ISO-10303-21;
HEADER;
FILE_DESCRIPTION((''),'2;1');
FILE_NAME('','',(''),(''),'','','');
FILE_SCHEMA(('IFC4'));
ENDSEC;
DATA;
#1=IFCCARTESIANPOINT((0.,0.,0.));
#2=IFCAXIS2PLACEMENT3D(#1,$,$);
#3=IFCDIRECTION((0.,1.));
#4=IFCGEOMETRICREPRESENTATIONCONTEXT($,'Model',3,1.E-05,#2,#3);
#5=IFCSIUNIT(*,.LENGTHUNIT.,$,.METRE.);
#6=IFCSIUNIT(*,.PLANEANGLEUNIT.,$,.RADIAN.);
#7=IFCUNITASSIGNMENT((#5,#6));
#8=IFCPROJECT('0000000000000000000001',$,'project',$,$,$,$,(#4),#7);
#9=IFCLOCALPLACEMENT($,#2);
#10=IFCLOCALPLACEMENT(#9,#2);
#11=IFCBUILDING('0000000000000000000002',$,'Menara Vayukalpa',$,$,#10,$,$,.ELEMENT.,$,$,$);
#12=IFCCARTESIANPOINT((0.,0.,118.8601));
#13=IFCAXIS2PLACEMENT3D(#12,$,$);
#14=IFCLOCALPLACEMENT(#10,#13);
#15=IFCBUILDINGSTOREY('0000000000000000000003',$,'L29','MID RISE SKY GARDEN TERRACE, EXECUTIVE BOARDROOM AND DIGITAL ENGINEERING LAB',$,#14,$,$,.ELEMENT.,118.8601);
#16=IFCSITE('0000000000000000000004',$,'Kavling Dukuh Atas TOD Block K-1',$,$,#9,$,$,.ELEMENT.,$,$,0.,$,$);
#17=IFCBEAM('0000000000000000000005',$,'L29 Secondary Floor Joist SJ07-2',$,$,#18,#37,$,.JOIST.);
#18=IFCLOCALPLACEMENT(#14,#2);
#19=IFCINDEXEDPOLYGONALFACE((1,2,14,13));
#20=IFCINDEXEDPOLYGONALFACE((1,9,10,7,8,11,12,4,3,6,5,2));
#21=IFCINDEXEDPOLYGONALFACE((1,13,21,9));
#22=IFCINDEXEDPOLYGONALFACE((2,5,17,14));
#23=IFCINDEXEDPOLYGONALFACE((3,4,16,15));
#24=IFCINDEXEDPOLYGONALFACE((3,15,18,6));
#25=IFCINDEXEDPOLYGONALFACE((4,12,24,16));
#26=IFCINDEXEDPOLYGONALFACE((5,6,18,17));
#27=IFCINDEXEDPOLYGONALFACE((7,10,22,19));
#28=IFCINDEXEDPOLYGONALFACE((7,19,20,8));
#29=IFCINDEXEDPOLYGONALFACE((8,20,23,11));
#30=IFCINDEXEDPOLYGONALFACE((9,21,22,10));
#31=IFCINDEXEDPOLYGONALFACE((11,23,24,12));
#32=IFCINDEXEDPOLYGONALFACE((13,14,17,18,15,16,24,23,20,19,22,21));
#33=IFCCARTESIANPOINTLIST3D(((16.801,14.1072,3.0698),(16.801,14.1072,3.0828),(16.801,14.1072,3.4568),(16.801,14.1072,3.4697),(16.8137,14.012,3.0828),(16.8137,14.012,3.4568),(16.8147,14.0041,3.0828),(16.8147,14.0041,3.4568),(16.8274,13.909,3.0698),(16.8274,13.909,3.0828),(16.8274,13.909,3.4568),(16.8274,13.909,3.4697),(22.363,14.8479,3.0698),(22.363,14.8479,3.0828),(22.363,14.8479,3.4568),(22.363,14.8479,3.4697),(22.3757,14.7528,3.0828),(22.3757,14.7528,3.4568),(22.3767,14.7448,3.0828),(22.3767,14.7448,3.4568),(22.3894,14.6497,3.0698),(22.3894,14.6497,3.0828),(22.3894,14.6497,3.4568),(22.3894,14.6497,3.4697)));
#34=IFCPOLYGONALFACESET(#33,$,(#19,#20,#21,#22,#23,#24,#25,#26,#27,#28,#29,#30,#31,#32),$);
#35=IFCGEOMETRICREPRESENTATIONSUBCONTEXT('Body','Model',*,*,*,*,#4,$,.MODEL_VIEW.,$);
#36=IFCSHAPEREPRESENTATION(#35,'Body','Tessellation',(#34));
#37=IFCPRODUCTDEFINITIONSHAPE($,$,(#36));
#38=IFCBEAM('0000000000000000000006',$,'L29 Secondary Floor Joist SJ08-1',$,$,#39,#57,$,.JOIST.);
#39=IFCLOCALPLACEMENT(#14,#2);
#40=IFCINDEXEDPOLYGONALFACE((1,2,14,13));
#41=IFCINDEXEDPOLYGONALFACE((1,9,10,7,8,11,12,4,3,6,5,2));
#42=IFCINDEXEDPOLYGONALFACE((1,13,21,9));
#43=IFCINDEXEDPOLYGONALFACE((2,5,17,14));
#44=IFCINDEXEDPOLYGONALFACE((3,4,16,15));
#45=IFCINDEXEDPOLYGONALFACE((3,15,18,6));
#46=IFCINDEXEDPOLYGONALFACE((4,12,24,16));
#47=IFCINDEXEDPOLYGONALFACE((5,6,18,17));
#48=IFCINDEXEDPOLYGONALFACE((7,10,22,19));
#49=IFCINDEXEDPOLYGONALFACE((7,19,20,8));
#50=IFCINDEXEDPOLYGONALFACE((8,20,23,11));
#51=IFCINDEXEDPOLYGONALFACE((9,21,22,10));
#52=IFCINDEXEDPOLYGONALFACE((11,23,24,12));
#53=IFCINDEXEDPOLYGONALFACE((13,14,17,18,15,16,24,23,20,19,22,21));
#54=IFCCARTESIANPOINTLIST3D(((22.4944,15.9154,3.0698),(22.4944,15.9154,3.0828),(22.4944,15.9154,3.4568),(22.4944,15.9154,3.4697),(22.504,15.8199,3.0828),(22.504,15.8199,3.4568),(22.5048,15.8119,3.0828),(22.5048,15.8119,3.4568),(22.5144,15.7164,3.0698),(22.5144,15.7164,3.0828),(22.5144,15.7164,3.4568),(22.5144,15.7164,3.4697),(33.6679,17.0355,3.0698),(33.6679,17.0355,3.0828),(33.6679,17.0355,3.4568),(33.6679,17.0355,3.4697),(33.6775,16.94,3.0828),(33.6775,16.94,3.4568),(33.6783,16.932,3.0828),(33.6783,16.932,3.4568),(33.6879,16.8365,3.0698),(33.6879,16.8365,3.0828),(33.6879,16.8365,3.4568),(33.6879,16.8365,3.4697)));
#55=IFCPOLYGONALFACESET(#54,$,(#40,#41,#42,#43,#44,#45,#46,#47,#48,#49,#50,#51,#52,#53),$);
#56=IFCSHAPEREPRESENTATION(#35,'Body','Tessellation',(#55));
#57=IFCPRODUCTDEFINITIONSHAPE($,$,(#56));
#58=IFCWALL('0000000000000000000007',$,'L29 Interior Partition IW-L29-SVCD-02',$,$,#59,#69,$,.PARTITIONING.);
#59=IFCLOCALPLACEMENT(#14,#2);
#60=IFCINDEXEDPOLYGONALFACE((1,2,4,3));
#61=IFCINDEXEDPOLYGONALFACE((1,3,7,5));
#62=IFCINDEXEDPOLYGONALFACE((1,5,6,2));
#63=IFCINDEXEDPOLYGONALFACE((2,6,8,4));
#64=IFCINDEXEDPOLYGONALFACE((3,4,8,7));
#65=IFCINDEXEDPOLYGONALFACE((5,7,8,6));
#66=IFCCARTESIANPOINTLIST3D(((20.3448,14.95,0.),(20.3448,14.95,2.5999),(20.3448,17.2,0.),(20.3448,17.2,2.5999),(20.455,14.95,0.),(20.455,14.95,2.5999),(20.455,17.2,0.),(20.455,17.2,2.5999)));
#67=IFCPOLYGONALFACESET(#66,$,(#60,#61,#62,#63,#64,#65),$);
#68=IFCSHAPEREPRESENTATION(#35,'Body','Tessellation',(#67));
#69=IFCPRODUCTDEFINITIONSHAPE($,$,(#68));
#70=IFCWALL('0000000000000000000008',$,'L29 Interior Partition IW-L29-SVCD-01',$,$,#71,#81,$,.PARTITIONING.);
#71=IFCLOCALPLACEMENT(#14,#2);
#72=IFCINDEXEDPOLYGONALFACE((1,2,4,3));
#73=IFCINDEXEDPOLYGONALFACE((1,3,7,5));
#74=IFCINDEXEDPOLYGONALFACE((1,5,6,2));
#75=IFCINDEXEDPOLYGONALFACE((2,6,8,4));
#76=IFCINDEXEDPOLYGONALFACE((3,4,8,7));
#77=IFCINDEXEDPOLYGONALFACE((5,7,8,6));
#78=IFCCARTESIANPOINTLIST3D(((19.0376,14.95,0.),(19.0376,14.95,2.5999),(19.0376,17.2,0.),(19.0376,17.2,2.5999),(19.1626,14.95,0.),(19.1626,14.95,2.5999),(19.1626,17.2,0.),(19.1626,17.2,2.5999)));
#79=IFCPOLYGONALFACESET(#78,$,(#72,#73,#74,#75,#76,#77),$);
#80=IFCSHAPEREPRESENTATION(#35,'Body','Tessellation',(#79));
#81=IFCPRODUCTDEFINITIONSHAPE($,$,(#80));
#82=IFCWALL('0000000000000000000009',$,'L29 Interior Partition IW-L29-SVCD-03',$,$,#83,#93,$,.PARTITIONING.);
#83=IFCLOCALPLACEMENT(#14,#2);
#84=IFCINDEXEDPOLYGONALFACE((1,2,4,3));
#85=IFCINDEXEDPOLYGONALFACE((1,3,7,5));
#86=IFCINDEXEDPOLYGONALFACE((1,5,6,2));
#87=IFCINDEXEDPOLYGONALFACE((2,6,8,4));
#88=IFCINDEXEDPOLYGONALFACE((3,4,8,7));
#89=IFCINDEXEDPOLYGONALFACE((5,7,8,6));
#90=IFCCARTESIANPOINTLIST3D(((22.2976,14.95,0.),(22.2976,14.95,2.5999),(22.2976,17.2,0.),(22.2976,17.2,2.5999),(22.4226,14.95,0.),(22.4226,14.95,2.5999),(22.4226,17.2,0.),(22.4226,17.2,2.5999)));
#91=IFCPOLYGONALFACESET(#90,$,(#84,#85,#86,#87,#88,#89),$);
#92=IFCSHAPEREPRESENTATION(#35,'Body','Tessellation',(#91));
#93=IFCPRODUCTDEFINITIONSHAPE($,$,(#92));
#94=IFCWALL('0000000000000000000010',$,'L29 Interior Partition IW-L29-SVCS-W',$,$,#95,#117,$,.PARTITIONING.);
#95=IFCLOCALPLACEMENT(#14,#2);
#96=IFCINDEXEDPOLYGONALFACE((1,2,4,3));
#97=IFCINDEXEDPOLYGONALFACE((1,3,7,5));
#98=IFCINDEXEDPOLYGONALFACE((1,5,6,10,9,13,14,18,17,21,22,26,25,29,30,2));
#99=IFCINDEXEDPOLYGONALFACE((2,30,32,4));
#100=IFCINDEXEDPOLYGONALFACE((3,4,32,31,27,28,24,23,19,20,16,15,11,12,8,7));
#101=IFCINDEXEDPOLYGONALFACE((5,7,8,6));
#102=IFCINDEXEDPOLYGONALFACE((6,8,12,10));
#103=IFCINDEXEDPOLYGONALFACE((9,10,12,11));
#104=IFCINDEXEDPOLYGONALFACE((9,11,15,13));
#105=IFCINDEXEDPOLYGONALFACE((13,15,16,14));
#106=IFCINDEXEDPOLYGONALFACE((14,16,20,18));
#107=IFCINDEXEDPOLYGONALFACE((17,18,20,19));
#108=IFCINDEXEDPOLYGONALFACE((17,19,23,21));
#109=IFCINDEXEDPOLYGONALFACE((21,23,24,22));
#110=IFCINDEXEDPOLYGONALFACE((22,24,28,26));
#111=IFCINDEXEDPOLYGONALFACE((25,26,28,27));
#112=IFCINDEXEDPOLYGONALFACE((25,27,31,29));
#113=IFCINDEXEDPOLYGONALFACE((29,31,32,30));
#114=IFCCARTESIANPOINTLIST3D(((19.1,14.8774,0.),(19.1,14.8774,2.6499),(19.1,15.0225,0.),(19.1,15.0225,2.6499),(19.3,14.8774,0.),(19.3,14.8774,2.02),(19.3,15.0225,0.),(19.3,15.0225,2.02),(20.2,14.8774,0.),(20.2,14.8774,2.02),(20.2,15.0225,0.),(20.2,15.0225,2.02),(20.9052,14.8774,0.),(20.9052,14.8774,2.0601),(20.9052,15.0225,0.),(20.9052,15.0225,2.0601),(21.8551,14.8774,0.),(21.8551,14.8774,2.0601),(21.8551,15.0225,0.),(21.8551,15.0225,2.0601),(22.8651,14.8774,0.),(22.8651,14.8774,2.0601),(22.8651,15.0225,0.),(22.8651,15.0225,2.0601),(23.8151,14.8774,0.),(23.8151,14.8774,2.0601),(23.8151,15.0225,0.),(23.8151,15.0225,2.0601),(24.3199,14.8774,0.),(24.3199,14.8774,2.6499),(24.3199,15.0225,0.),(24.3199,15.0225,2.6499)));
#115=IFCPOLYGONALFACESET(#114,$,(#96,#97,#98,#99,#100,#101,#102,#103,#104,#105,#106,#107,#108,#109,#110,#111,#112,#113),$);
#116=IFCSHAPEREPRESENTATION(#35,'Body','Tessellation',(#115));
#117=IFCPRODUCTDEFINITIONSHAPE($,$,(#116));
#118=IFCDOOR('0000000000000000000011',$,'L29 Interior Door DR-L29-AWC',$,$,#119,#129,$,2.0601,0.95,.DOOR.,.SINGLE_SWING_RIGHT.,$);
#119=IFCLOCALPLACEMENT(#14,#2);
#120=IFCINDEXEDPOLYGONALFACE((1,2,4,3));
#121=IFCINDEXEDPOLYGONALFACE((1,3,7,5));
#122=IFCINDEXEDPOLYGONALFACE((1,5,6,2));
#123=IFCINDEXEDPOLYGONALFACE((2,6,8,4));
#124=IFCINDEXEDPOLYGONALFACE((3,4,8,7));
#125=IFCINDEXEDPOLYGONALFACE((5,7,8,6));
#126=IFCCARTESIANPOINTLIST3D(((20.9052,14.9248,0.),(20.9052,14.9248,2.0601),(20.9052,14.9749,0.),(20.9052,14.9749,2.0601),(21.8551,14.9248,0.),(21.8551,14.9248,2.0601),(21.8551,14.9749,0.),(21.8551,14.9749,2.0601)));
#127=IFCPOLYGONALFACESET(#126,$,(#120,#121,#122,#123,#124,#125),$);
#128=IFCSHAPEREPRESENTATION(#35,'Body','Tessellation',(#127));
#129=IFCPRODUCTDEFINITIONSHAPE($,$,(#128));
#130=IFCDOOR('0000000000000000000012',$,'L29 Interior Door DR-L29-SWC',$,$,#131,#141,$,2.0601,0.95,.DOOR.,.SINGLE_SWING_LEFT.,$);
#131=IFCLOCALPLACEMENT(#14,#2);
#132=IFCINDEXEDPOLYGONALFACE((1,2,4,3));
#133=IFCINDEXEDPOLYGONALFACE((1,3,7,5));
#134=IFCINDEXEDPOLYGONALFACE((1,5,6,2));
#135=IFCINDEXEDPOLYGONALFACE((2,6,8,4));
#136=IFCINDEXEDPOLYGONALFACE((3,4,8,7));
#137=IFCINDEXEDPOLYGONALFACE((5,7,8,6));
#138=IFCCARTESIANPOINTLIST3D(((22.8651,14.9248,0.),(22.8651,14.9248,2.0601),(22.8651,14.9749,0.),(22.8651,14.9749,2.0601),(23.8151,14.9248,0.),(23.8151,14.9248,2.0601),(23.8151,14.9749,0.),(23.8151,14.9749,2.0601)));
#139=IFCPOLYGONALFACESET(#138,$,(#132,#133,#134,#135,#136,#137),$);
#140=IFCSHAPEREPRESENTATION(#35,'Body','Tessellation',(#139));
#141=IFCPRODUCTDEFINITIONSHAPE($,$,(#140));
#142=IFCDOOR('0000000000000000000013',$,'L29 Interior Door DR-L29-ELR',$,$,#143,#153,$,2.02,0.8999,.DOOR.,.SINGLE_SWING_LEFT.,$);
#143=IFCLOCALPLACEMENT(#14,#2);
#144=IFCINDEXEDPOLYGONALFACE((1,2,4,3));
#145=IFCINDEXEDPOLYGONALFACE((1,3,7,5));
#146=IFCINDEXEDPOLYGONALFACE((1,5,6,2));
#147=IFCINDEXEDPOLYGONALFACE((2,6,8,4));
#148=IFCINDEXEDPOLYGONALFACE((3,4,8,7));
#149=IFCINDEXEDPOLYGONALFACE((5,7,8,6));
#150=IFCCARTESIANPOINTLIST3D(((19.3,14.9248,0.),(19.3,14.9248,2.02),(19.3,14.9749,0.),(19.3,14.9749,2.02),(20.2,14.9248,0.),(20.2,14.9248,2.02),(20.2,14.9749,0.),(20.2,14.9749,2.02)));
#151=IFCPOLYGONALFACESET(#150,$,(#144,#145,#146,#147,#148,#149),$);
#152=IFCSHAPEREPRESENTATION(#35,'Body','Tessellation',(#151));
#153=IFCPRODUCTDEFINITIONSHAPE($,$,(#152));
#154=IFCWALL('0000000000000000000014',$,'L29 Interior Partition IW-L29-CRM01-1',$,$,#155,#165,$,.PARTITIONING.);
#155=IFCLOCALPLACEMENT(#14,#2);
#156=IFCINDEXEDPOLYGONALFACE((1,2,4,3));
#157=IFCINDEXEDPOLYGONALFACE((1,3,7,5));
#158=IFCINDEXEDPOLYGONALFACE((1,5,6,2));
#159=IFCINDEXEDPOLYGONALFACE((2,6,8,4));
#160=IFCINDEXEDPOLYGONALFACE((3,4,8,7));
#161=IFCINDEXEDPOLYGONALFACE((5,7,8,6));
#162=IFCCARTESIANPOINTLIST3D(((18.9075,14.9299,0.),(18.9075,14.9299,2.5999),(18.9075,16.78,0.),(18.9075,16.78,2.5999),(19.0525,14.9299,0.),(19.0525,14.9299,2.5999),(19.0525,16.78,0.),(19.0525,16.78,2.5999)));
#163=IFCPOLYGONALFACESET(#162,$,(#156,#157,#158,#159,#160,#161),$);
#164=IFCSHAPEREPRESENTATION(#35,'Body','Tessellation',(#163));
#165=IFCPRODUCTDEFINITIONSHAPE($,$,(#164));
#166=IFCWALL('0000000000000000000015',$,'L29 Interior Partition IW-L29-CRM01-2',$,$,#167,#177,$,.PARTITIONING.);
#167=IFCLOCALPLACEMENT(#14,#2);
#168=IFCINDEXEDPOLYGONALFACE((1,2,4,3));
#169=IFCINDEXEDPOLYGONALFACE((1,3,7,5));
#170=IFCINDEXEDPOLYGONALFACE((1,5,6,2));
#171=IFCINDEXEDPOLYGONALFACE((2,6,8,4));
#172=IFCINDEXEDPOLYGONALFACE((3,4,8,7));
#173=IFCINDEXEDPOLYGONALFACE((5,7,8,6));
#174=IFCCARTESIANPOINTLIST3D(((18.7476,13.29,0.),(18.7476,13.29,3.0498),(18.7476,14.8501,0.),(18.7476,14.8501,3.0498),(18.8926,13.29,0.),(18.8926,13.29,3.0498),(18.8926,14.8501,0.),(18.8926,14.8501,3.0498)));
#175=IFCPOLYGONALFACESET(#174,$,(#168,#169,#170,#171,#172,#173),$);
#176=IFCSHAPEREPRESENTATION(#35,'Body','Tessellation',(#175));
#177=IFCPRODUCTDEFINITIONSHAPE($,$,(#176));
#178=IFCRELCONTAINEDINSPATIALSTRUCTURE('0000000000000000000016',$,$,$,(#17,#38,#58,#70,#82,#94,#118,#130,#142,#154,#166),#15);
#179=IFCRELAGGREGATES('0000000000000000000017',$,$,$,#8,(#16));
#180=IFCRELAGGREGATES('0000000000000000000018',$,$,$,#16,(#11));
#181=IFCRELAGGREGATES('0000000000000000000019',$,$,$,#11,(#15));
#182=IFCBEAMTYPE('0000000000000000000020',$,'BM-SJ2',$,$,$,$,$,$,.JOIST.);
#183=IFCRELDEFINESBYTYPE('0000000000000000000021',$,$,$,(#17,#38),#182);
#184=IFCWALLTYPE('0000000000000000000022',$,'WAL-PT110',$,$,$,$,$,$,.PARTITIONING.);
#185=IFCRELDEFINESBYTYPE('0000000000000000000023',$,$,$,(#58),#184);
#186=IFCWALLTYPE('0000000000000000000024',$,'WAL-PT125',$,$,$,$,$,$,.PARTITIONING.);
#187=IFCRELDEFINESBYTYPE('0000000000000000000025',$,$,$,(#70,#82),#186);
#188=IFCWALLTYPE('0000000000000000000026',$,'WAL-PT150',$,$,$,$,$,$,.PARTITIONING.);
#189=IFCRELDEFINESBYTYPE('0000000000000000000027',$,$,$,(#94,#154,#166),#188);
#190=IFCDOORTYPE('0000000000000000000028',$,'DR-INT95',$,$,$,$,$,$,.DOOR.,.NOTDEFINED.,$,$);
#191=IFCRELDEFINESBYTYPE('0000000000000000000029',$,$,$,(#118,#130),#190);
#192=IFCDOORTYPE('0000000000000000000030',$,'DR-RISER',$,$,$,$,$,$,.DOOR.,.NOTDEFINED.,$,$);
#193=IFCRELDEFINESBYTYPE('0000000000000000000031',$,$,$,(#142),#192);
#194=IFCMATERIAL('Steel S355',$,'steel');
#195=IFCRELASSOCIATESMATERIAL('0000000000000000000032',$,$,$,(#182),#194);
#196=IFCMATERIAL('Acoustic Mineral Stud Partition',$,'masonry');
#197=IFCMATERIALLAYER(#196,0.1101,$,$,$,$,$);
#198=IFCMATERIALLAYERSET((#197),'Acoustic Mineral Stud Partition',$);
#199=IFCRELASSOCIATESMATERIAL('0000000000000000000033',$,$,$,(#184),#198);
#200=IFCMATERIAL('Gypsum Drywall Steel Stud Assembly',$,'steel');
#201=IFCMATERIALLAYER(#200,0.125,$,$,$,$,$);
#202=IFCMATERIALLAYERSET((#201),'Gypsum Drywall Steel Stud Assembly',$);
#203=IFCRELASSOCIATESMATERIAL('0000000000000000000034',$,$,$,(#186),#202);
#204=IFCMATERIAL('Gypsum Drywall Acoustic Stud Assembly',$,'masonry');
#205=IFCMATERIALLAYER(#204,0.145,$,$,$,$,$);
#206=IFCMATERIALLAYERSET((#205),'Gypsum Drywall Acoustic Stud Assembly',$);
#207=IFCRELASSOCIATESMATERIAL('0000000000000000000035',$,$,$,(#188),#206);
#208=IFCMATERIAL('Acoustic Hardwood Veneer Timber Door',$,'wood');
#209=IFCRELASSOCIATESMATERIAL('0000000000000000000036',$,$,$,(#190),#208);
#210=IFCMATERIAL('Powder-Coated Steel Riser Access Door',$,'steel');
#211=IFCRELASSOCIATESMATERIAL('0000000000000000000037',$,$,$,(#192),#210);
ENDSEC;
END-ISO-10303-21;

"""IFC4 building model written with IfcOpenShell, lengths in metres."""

from ifc_helpers import new_model, si_unit, direction, frame, frame_2d, origin, origin_2d, place, context, subcontext, project, spatial, rectangle, i_section, extrude, material, layer, layer_set, material_profile, profile_set, type_object, element, fill, save


model = new_model("IFC4")

# Units and contexts
model_context = context("Model", 3, precision=1e-05, world=origin(), true_north=direction((0.0, 1.0)))
body_context = subcontext(model_context, "Body", "Model", "MODEL_VIEW")
ifc_project = project(units=[si_unit("LENGTHUNIT", "METRE"), si_unit("PLANEANGLEUNIT", "RADIAN")], contexts=[model_context])

# Site, building, storey
site_placement = place(None, origin())
site = spatial("IfcSite", under=ifc_project, at=site_placement, Name="Kavling Dukuh Atas TOD Block K-1", CompositionType="ELEMENT", RefElevation=0.0)
building_placement = place(site_placement, origin())
building = spatial("IfcBuilding", under=site, at=building_placement, Name="Menara Vayukalpa", CompositionType="ELEMENT")
storey_placement = place(building_placement, frame((0.0, 0.0, 118.8601)))
storey = spatial("IfcBuildingStorey", under=building, at=storey_placement, Name="L29", Description="MID RISE SKY GARDEN TERRACE, EXECUTIVE BOARDROOM AND DIGITAL ENGINEERING LAB", CompositionType="ELEMENT", Elevation=118.8601)

# Beams
ifc_material_1 = material(Name="Steel S355", Category="steel")
ifc_material_profile_1 = material_profile(ifc_material_1, i_section(OverallWidth=0.2, OverallDepth=0.3999, WebThickness=0.0081, FlangeThickness=0.0129, at=origin_2d()), Name="WF 400x200x8x13")
ifc_profile_set_1 = profile_set([ifc_material_profile_1], Name="Steel S355")
beam_type_1 = type_object("IfcBeamType", Name="BM-SJ2", PredefinedType="JOIST", material=ifc_profile_set_1)
beam_1_placement = place(storey_placement, frame((16.8142, 14.0081, 3.2698), z_axis=(0.991248, 0.13201, 0.0), x_axis=(-0.13201, 0.991248, 0.0)))
element("IfcBeam", 1, at=beam_1_placement, inside=storey, type_object=beam_type_1, Name="L29 Secondary Floor Joist SJ07-2", PredefinedType="JOIST", context=body_context, shape_type="SweptSolid", body=[
    extrude(i_section(OverallWidth=0.2, OverallDepth=0.3999, WebThickness=0.0081, FlangeThickness=0.0129, at=origin_2d()), origin(), (0.0, 0.0, 1.0), 5.6111),
])
beam_2_placement = place(storey_placement, frame((22.5044, 15.8159, 3.2698), z_axis=(0.995013, 0.099747, 0.0), x_axis=(-0.099747, 0.995013, 0.0)))
element("IfcBeam", 2, at=beam_2_placement, inside=storey, type_object=beam_type_1, Name="L29 Secondary Floor Joist SJ08-1", PredefinedType="JOIST", context=body_context, shape_type="SweptSolid", body=[
    extrude(i_section(OverallWidth=0.2, OverallDepth=0.3999, WebThickness=0.0081, FlangeThickness=0.0129, at=origin_2d()), origin(), (0.0, 0.0, 1.0), 11.2295),
])

# Walls
ifc_material_2 = material(Name="Acoustic Mineral Stud Partition", Category="masonry")
ifc_layer_1 = layer(ifc_material_2, 0.1101)
ifc_layer_set_1 = layer_set([ifc_layer_1], Name="Acoustic Mineral Stud Partition")
wall_type_1 = type_object("IfcWallType", Name="WAL-PT110", PredefinedType="PARTITIONING", material=ifc_layer_set_1)
wall_1_placement = place(storey_placement, frame((20.3999, 14.95, 0.0), z_axis=(0.0, 0.0, 1.0), x_axis=(0.0, 1.0, 0.0)))
element("IfcWall", 3, at=wall_1_placement, inside=storey, type_object=wall_type_1, Name="L29 Interior Partition IW-L29-SVCD-02", PredefinedType="PARTITIONING", context=body_context, shape_type="SweptSolid", body=[
    extrude(rectangle(XDim=2.25, YDim=0.1101, at=frame_2d((1.125, 0.0))), origin(), (0.0, 0.0, 1.0), 2.5999),
])
ifc_material_3 = material(Name="Gypsum Drywall Steel Stud Assembly", Category="steel")
ifc_layer_2 = layer(ifc_material_3, 0.125)
ifc_layer_set_2 = layer_set([ifc_layer_2], Name="Gypsum Drywall Steel Stud Assembly")
wall_type_2 = type_object("IfcWallType", Name="WAL-PT125", PredefinedType="PARTITIONING", material=ifc_layer_set_2)
for number, where, z_axis, x_axis, name in (
    (4, (19.1001, 14.95, 0.0), (0.0, 0.0, 1.0), (0.0, 1.0, 0.0), "L29 Interior Partition IW-L29-SVCD-01"),
    (5, (22.3601, 14.95, 0.0), (0.0, 0.0, 1.0), (0.0, 1.0, 0.0), "L29 Interior Partition IW-L29-SVCD-03"),
):
    element("IfcWall", number, at=place(storey_placement, frame(where, z_axis=z_axis, x_axis=x_axis)), inside=storey, type_object=wall_type_2, Name=name, PredefinedType="PARTITIONING", context=body_context, shape_type="SweptSolid", body=[
        extrude(rectangle(XDim=2.25, YDim=0.125, at=frame_2d((1.125, 0.0))), origin(), (0.0, 0.0, 1.0), 2.5999),
    ])

# Wall, openings, doors
ifc_material_4 = material(Name="Gypsum Drywall Acoustic Stud Assembly", Category="masonry")
ifc_layer_3 = layer(ifc_material_4, 0.145)
ifc_layer_set_3 = layer_set([ifc_layer_3], Name="Gypsum Drywall Acoustic Stud Assembly")
wall_type_3 = type_object("IfcWallType", Name="WAL-PT150", PredefinedType="PARTITIONING", material=ifc_layer_set_3)
wall_2_placement = place(storey_placement, frame((19.1001, 14.95, 0.0), z_axis=(0.0, 0.0, 1.0), x_axis=(1.0, 0.0, 0.0)))
wall_2 = element("IfcWall", 6, at=wall_2_placement, inside=storey, type_object=wall_type_3, Name="L29 Interior Partition IW-L29-SVCS-W", PredefinedType="PARTITIONING", context=body_context, shape_type="SweptSolid", body=[
    extrude(rectangle(XDim=5.22, YDim=0.145, at=frame_2d((2.6099, 0.0))), origin(), (0.0, 0.0, 1.0), 2.6499),
])
opening_1_placement = place(wall_2_placement, frame((0.2, 0.0, 0.0)))
opening_1 = element("IfcOpeningElement", 7, at=opening_1_placement, cuts=wall_2, PredefinedType="OPENING", context=body_context, shape_type="SweptSolid", body=[
    extrude(rectangle(XDim=0.8999, YDim=2.02, at=frame_2d((0.45, 1.01))), frame((0.0, 0.0825, 0.0), z_axis=(0.0, -1.0, 0.0), x_axis=(1.0, 0.0, 0.0)), (0.0, 0.0, 1.0), 0.165),
])
opening_2_placement = place(wall_2_placement, frame((1.8049, 0.0, 0.0)))
opening_2 = element("IfcOpeningElement", 8, at=opening_2_placement, cuts=wall_2, PredefinedType="OPENING", context=body_context, shape_type="SweptSolid", body=[
    extrude(rectangle(XDim=0.95, YDim=2.0601, at=frame_2d((0.4751, 1.03))), frame((0.0, 0.0825, 0.0), z_axis=(0.0, -1.0, 0.0), x_axis=(1.0, 0.0, 0.0)), (0.0, 0.0, 1.0), 0.165),
])
opening_3_placement = place(wall_2_placement, frame((3.7649, 0.0, 0.0)))
opening_3 = element("IfcOpeningElement", 9, at=opening_3_placement, cuts=wall_2, PredefinedType="OPENING", context=body_context, shape_type="SweptSolid", body=[
    extrude(rectangle(XDim=0.95, YDim=2.0601, at=frame_2d((0.4751, 1.03))), frame((0.0, 0.0825, 0.0), z_axis=(0.0, -1.0, 0.0), x_axis=(1.0, 0.0, 0.0)), (0.0, 0.0, 1.0), 0.165),
])
ifc_material_5 = material(Name="Acoustic Hardwood Veneer Timber Door", Category="wood")
door_type_1 = type_object("IfcDoorType", Name="DR-INT95", OperationType="NOTDEFINED", PredefinedType="DOOR", material=ifc_material_5)
door_1_placement = place(opening_2_placement, origin())
door_1 = element("IfcDoor", 10, at=door_1_placement, inside=storey, type_object=door_type_1, Name="L29 Interior Door DR-L29-AWC", OperationType="SINGLE_SWING_RIGHT", OverallHeight=2.0601, OverallWidth=0.95, PredefinedType="DOOR", context=body_context, shape_type="SweptSolid", body=[
    extrude(rectangle(XDim=0.95, YDim=2.0601, at=frame_2d((0.4751, 1.03))), frame((0.0, 0.0249, 0.0), z_axis=(0.0, -1.0, 0.0), x_axis=(1.0, 0.0, 0.0)), (0.0, 0.0, 1.0), 0.05),
])
fill(opening_2, door_1)
door_2_placement = place(opening_3_placement, origin())
door_2 = element("IfcDoor", 11, at=door_2_placement, inside=storey, type_object=door_type_1, Name="L29 Interior Door DR-L29-SWC", OperationType="SINGLE_SWING_LEFT", OverallHeight=2.0601, OverallWidth=0.95, PredefinedType="DOOR", context=body_context, shape_type="SweptSolid", body=[
    extrude(rectangle(XDim=0.95, YDim=2.0601, at=frame_2d((0.4751, 1.03))), frame((0.0, 0.0249, 0.0), z_axis=(0.0, -1.0, 0.0), x_axis=(1.0, 0.0, 0.0)), (0.0, 0.0, 1.0), 0.05),
])
fill(opening_3, door_2)
ifc_material_6 = material(Name="Powder-Coated Steel Riser Access Door", Category="steel")
door_type_2 = type_object("IfcDoorType", Name="DR-RISER", OperationType="NOTDEFINED", PredefinedType="DOOR", material=ifc_material_6)
door_3_placement = place(opening_1_placement, origin())
door_3 = element("IfcDoor", 12, at=door_3_placement, inside=storey, type_object=door_type_2, Name="L29 Interior Door DR-L29-ELR", OperationType="SINGLE_SWING_LEFT", OverallHeight=2.02, OverallWidth=0.8999, PredefinedType="DOOR", context=body_context, shape_type="SweptSolid", body=[
    extrude(rectangle(XDim=0.8999, YDim=2.02, at=frame_2d((0.45, 1.01))), frame((0.0, 0.0249, 0.0), z_axis=(0.0, -1.0, 0.0), x_axis=(1.0, 0.0, 0.0)), (0.0, 0.0, 1.0), 0.05),
])
fill(opening_1, door_3)

# Walls
wall_3_placement = place(storey_placement, frame((18.98, 16.78, 0.0), z_axis=(0.0, 0.0, 1.0), x_axis=(0.0, -1.0, 0.0)))
element("IfcWall", 13, at=wall_3_placement, inside=storey, type_object=wall_type_3, Name="L29 Interior Partition IW-L29-CRM01-1", PredefinedType="PARTITIONING", context=body_context, shape_type="SweptSolid", body=[
    extrude(rectangle(XDim=1.8501, YDim=0.145, at=frame_2d((0.925, 0.0))), origin(), (0.0, 0.0, 1.0), 2.5999),
])
wall_4_placement = place(storey_placement, frame((18.8201, 14.8501, 0.0), z_axis=(0.0, 0.0, 1.0), x_axis=(0.0, -1.0, 0.0)))
element("IfcWall", 14, at=wall_4_placement, inside=storey, type_object=wall_type_3, Name="L29 Interior Partition IW-L29-CRM01-2", PredefinedType="PARTITIONING", context=body_context, shape_type="SweptSolid", body=[
    extrude(rectangle(XDim=1.5601, YDim=0.145, at=frame_2d((0.78, 0.0))), origin(), (0.0, 0.0, 1.0), 3.0498),
])

save(model, "model.ifc")
